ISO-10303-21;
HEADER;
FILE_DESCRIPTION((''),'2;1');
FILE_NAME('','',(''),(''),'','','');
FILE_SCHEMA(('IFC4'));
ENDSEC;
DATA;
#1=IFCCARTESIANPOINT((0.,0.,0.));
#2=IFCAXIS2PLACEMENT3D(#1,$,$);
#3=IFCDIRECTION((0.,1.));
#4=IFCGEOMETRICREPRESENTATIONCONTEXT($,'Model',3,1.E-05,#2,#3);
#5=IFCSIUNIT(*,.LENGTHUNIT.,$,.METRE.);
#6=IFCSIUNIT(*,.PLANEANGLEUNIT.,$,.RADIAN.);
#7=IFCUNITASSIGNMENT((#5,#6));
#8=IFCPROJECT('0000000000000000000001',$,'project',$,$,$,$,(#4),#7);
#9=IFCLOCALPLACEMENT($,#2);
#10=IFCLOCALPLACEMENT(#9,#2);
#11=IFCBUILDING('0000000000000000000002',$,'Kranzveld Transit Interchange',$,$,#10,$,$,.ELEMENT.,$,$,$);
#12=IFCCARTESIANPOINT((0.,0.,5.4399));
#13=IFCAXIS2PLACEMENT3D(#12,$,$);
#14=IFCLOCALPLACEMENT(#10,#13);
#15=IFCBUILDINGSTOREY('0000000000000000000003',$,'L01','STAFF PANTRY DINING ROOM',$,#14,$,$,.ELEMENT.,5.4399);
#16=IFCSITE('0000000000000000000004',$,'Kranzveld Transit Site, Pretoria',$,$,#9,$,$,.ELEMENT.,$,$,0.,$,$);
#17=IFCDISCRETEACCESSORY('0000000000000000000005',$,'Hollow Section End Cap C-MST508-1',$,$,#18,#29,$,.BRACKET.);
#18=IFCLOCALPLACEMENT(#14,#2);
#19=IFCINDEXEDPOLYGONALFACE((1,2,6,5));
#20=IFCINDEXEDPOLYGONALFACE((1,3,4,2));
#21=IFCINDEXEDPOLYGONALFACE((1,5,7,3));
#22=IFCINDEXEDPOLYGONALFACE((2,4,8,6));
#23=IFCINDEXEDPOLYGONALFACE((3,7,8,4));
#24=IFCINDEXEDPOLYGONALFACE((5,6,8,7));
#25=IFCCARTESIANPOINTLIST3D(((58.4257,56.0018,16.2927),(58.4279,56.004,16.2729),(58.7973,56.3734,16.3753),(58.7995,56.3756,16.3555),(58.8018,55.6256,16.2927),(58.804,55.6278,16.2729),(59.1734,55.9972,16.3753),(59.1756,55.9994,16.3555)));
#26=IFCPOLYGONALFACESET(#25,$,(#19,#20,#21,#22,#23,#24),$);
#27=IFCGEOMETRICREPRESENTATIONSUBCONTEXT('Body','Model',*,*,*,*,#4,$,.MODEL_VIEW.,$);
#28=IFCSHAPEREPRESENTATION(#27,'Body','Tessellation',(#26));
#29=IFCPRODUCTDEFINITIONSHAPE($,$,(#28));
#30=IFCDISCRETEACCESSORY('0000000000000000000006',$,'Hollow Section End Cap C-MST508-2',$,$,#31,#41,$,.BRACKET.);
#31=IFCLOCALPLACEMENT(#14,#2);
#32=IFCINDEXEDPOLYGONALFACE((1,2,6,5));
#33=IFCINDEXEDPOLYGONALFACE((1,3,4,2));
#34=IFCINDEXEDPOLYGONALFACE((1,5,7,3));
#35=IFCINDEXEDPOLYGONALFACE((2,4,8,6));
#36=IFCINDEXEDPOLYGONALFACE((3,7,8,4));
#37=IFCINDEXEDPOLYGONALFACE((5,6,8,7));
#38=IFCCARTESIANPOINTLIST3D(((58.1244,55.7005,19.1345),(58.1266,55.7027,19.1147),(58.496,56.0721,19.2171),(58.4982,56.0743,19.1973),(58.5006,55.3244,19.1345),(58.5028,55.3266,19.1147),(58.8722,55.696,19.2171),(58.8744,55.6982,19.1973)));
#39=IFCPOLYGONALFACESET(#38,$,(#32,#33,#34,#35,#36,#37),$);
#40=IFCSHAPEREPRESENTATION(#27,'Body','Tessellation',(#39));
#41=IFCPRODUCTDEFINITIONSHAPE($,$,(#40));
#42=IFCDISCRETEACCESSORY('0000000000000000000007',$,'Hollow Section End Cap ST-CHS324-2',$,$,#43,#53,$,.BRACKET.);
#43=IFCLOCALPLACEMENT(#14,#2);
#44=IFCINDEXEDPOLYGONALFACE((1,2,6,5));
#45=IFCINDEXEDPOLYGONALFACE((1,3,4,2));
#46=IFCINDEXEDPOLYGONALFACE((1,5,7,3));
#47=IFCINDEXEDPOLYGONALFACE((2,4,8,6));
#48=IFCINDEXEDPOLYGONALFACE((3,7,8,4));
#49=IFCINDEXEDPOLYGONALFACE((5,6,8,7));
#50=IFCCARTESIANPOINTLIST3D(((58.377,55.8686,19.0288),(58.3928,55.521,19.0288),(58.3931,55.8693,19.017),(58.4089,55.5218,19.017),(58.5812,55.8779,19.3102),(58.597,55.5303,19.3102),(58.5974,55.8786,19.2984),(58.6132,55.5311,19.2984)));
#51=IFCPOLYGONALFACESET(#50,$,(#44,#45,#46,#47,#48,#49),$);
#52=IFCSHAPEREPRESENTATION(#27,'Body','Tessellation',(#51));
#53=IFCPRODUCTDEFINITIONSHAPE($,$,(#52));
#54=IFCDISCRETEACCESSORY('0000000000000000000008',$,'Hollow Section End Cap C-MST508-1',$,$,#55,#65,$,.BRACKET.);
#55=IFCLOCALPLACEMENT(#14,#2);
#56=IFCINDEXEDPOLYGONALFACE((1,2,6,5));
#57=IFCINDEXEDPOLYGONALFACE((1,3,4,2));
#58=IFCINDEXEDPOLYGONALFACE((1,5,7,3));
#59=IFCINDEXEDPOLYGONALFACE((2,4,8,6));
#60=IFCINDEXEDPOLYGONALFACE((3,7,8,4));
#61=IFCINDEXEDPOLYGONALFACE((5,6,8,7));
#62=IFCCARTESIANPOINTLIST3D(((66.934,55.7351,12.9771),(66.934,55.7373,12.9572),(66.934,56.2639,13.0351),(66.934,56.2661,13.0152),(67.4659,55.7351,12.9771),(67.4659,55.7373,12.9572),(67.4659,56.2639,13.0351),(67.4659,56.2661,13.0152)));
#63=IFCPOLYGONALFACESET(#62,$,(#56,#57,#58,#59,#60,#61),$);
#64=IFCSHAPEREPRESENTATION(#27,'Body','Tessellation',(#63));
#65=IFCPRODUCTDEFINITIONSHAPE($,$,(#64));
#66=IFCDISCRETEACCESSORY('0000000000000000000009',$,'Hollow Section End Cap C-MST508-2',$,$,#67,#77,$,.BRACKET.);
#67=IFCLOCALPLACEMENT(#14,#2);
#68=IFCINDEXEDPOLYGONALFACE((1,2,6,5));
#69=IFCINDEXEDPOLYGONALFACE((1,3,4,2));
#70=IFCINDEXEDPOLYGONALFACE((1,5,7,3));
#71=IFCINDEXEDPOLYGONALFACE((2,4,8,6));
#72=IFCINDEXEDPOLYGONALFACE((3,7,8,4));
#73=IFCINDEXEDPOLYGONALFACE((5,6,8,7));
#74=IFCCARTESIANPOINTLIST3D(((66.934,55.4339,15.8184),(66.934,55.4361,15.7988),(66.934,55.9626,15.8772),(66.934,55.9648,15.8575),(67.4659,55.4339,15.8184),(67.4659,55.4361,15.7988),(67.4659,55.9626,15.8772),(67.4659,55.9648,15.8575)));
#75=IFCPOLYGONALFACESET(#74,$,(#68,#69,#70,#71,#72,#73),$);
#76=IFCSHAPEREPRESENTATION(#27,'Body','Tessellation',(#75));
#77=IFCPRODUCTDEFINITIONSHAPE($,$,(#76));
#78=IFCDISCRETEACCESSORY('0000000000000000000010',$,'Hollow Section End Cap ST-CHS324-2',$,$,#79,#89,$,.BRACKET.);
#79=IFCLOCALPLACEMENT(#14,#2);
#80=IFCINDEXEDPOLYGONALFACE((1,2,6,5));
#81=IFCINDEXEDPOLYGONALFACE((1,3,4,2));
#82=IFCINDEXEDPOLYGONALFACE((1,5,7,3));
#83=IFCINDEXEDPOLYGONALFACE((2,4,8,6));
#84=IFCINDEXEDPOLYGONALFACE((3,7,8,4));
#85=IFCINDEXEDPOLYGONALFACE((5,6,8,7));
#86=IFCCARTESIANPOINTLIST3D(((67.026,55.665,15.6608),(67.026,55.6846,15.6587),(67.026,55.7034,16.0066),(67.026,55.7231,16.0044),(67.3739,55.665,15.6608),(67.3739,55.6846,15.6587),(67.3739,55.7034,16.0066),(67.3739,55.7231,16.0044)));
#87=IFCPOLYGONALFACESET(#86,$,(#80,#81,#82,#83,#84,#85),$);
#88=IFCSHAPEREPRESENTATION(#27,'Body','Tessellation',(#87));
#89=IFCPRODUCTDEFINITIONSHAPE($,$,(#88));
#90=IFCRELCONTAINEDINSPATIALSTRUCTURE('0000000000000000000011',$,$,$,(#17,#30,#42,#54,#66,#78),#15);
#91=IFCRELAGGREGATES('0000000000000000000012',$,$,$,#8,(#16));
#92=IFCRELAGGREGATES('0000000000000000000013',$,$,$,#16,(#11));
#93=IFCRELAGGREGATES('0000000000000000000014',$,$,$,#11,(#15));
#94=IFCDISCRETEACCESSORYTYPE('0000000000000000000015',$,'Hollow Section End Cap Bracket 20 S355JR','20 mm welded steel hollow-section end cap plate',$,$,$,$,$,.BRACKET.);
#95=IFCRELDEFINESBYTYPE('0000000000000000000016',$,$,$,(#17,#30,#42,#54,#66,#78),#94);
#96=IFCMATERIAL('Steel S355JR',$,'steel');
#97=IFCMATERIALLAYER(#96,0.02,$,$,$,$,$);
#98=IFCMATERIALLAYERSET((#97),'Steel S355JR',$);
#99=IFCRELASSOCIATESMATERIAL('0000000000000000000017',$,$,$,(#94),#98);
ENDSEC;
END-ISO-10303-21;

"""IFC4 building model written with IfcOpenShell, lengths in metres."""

from ifc_helpers import new_model, si_unit, direction, frame, origin, origin_2d, place, context, subcontext, project, spatial, rectangle, extrude, material, layer, layer_set, type_object, element, save


model = new_model("IFC4")

# Units and contexts
model_context = context("Model", 3, precision=1e-05, world=origin(), true_north=direction((0.0, 1.0)))
body_context = subcontext(model_context, "Body", "Model", "MODEL_VIEW")
ifc_project = project(units=[si_unit("LENGTHUNIT", "METRE"), si_unit("PLANEANGLEUNIT", "RADIAN")], contexts=[model_context])

# Site, building, storey
site_placement = place(None, origin())
site = spatial("IfcSite", under=ifc_project, at=site_placement, Name="Kranzveld Transit Site, Pretoria", CompositionType="ELEMENT", RefElevation=0.0)
building_placement = place(site_placement, origin())
building = spatial("IfcBuilding", under=site, at=building_placement, Name="Kranzveld Transit Interchange", CompositionType="ELEMENT")
storey_placement = place(building_placement, frame((0.0, 0.0, 5.4399)))
storey = spatial("IfcBuildingStorey", under=building, at=storey_placement, Name="L01", Description="STAFF PANTRY DINING ROOM", CompositionType="ELEMENT", Elevation=5.4399)

# Discrete accessories
ifc_material_1 = material(Name="Steel S355JR", Category="steel")
ifc_layer_1 = layer(ifc_material_1, 0.02)
ifc_layer_set_1 = layer_set([ifc_layer_1], Name="Steel S355JR")
discrete_accessory_type = type_object("IfcDiscreteAccessoryType", Name="Hollow Section End Cap Bracket 20 S355JR", Description="20 mm welded steel hollow-section end cap plate", PredefinedType="BRACKET", material=ifc_layer_set_1)
for number, where, z_axis, x_axis, name in (
    (1, (58.7996, 55.9995, 16.334), (0.109764, 0.109764, -0.987878), (-0.707107, 0.707107, 0.0), "Hollow Section End Cap C-MST508-1"),
    (2, (58.5005, 55.7004, 19.156), (-0.109764, -0.109764, 0.987878), (0.707107, -0.707107, 0.0), "Hollow Section End Cap C-MST508-2"),
):
    element("IfcDiscreteAccessory", number, at=place(storey_placement, frame(where, z_axis=z_axis, x_axis=x_axis)), inside=storey, type_object=discrete_accessory_type, Name=name, PredefinedType="BRACKET", context=body_context, shape_type="SweptSolid", body=[
        extrude(rectangle(XDim=0.532, YDim=0.532, at=origin_2d()), origin(), (0.0, 0.0, 1.0), 0.02),
    ])
discrete_accessory_1_placement = place(storey_placement, frame((58.5032, 55.7002, 19.1577), z_axis=(-0.80819, -0.036736, 0.587775), x_axis=(0.045408, -0.998969, 0.0)))
element("IfcDiscreteAccessory", 3, at=discrete_accessory_1_placement, inside=storey, type_object=discrete_accessory_type, Name="Hollow Section End Cap ST-CHS324-2", PredefinedType="BRACKET", context=body_context, shape_type="SweptSolid", body=[
    extrude(rectangle(XDim=0.3479, YDim=0.3479, at=origin_2d()), origin(), (0.0, 0.0, 1.0), 0.02),
])
discrete_accessory_2_placement = place(storey_placement, frame((67.2, 55.9995, 13.0061), z_axis=(0.0, 0.109101, -0.994031), x_axis=(-1.0, 0.0, 0.0)))
element("IfcDiscreteAccessory", 4, at=discrete_accessory_2_placement, inside=storey, type_object=discrete_accessory_type, Name="Hollow Section End Cap C-MST508-1", PredefinedType="BRACKET", context=body_context, shape_type="SweptSolid", body=[
    extrude(rectangle(XDim=0.532, YDim=0.532, at=origin_2d()), origin(), (0.0, 0.0, 1.0), 0.02),
])
discrete_accessory_3_placement = place(storey_placement, frame((67.2, 55.7004, 15.8281), z_axis=(0.0, -0.110432, 0.993884), x_axis=(1.0, 0.0, 0.0)))
element("IfcDiscreteAccessory", 5, at=discrete_accessory_3_placement, inside=storey, type_object=discrete_accessory_type, Name="Hollow Section End Cap C-MST508-2", PredefinedType="BRACKET", context=body_context, shape_type="SweptSolid", body=[
    extrude(rectangle(XDim=0.532, YDim=0.532, at=origin_2d()), origin(), (0.0, 0.0, 1.0), 0.0198),
])
discrete_accessory_4_placement = place(storey_placement, frame((67.2, 55.7039, 15.8315), z_axis=(0.0, -0.993884, 0.110432), x_axis=(1.0, 0.0, 0.0)))
element("IfcDiscreteAccessory", 6, at=discrete_accessory_4_placement, inside=storey, type_object=discrete_accessory_type, Name="Hollow Section End Cap ST-CHS324-2", PredefinedType="BRACKET", context=body_context, shape_type="SweptSolid", body=[
    extrude(rectangle(XDim=0.3479, YDim=0.3479, at=origin_2d()), origin(), (0.0, 0.0, 1.0), 0.0198),
])

save(model, "model.ifc")
